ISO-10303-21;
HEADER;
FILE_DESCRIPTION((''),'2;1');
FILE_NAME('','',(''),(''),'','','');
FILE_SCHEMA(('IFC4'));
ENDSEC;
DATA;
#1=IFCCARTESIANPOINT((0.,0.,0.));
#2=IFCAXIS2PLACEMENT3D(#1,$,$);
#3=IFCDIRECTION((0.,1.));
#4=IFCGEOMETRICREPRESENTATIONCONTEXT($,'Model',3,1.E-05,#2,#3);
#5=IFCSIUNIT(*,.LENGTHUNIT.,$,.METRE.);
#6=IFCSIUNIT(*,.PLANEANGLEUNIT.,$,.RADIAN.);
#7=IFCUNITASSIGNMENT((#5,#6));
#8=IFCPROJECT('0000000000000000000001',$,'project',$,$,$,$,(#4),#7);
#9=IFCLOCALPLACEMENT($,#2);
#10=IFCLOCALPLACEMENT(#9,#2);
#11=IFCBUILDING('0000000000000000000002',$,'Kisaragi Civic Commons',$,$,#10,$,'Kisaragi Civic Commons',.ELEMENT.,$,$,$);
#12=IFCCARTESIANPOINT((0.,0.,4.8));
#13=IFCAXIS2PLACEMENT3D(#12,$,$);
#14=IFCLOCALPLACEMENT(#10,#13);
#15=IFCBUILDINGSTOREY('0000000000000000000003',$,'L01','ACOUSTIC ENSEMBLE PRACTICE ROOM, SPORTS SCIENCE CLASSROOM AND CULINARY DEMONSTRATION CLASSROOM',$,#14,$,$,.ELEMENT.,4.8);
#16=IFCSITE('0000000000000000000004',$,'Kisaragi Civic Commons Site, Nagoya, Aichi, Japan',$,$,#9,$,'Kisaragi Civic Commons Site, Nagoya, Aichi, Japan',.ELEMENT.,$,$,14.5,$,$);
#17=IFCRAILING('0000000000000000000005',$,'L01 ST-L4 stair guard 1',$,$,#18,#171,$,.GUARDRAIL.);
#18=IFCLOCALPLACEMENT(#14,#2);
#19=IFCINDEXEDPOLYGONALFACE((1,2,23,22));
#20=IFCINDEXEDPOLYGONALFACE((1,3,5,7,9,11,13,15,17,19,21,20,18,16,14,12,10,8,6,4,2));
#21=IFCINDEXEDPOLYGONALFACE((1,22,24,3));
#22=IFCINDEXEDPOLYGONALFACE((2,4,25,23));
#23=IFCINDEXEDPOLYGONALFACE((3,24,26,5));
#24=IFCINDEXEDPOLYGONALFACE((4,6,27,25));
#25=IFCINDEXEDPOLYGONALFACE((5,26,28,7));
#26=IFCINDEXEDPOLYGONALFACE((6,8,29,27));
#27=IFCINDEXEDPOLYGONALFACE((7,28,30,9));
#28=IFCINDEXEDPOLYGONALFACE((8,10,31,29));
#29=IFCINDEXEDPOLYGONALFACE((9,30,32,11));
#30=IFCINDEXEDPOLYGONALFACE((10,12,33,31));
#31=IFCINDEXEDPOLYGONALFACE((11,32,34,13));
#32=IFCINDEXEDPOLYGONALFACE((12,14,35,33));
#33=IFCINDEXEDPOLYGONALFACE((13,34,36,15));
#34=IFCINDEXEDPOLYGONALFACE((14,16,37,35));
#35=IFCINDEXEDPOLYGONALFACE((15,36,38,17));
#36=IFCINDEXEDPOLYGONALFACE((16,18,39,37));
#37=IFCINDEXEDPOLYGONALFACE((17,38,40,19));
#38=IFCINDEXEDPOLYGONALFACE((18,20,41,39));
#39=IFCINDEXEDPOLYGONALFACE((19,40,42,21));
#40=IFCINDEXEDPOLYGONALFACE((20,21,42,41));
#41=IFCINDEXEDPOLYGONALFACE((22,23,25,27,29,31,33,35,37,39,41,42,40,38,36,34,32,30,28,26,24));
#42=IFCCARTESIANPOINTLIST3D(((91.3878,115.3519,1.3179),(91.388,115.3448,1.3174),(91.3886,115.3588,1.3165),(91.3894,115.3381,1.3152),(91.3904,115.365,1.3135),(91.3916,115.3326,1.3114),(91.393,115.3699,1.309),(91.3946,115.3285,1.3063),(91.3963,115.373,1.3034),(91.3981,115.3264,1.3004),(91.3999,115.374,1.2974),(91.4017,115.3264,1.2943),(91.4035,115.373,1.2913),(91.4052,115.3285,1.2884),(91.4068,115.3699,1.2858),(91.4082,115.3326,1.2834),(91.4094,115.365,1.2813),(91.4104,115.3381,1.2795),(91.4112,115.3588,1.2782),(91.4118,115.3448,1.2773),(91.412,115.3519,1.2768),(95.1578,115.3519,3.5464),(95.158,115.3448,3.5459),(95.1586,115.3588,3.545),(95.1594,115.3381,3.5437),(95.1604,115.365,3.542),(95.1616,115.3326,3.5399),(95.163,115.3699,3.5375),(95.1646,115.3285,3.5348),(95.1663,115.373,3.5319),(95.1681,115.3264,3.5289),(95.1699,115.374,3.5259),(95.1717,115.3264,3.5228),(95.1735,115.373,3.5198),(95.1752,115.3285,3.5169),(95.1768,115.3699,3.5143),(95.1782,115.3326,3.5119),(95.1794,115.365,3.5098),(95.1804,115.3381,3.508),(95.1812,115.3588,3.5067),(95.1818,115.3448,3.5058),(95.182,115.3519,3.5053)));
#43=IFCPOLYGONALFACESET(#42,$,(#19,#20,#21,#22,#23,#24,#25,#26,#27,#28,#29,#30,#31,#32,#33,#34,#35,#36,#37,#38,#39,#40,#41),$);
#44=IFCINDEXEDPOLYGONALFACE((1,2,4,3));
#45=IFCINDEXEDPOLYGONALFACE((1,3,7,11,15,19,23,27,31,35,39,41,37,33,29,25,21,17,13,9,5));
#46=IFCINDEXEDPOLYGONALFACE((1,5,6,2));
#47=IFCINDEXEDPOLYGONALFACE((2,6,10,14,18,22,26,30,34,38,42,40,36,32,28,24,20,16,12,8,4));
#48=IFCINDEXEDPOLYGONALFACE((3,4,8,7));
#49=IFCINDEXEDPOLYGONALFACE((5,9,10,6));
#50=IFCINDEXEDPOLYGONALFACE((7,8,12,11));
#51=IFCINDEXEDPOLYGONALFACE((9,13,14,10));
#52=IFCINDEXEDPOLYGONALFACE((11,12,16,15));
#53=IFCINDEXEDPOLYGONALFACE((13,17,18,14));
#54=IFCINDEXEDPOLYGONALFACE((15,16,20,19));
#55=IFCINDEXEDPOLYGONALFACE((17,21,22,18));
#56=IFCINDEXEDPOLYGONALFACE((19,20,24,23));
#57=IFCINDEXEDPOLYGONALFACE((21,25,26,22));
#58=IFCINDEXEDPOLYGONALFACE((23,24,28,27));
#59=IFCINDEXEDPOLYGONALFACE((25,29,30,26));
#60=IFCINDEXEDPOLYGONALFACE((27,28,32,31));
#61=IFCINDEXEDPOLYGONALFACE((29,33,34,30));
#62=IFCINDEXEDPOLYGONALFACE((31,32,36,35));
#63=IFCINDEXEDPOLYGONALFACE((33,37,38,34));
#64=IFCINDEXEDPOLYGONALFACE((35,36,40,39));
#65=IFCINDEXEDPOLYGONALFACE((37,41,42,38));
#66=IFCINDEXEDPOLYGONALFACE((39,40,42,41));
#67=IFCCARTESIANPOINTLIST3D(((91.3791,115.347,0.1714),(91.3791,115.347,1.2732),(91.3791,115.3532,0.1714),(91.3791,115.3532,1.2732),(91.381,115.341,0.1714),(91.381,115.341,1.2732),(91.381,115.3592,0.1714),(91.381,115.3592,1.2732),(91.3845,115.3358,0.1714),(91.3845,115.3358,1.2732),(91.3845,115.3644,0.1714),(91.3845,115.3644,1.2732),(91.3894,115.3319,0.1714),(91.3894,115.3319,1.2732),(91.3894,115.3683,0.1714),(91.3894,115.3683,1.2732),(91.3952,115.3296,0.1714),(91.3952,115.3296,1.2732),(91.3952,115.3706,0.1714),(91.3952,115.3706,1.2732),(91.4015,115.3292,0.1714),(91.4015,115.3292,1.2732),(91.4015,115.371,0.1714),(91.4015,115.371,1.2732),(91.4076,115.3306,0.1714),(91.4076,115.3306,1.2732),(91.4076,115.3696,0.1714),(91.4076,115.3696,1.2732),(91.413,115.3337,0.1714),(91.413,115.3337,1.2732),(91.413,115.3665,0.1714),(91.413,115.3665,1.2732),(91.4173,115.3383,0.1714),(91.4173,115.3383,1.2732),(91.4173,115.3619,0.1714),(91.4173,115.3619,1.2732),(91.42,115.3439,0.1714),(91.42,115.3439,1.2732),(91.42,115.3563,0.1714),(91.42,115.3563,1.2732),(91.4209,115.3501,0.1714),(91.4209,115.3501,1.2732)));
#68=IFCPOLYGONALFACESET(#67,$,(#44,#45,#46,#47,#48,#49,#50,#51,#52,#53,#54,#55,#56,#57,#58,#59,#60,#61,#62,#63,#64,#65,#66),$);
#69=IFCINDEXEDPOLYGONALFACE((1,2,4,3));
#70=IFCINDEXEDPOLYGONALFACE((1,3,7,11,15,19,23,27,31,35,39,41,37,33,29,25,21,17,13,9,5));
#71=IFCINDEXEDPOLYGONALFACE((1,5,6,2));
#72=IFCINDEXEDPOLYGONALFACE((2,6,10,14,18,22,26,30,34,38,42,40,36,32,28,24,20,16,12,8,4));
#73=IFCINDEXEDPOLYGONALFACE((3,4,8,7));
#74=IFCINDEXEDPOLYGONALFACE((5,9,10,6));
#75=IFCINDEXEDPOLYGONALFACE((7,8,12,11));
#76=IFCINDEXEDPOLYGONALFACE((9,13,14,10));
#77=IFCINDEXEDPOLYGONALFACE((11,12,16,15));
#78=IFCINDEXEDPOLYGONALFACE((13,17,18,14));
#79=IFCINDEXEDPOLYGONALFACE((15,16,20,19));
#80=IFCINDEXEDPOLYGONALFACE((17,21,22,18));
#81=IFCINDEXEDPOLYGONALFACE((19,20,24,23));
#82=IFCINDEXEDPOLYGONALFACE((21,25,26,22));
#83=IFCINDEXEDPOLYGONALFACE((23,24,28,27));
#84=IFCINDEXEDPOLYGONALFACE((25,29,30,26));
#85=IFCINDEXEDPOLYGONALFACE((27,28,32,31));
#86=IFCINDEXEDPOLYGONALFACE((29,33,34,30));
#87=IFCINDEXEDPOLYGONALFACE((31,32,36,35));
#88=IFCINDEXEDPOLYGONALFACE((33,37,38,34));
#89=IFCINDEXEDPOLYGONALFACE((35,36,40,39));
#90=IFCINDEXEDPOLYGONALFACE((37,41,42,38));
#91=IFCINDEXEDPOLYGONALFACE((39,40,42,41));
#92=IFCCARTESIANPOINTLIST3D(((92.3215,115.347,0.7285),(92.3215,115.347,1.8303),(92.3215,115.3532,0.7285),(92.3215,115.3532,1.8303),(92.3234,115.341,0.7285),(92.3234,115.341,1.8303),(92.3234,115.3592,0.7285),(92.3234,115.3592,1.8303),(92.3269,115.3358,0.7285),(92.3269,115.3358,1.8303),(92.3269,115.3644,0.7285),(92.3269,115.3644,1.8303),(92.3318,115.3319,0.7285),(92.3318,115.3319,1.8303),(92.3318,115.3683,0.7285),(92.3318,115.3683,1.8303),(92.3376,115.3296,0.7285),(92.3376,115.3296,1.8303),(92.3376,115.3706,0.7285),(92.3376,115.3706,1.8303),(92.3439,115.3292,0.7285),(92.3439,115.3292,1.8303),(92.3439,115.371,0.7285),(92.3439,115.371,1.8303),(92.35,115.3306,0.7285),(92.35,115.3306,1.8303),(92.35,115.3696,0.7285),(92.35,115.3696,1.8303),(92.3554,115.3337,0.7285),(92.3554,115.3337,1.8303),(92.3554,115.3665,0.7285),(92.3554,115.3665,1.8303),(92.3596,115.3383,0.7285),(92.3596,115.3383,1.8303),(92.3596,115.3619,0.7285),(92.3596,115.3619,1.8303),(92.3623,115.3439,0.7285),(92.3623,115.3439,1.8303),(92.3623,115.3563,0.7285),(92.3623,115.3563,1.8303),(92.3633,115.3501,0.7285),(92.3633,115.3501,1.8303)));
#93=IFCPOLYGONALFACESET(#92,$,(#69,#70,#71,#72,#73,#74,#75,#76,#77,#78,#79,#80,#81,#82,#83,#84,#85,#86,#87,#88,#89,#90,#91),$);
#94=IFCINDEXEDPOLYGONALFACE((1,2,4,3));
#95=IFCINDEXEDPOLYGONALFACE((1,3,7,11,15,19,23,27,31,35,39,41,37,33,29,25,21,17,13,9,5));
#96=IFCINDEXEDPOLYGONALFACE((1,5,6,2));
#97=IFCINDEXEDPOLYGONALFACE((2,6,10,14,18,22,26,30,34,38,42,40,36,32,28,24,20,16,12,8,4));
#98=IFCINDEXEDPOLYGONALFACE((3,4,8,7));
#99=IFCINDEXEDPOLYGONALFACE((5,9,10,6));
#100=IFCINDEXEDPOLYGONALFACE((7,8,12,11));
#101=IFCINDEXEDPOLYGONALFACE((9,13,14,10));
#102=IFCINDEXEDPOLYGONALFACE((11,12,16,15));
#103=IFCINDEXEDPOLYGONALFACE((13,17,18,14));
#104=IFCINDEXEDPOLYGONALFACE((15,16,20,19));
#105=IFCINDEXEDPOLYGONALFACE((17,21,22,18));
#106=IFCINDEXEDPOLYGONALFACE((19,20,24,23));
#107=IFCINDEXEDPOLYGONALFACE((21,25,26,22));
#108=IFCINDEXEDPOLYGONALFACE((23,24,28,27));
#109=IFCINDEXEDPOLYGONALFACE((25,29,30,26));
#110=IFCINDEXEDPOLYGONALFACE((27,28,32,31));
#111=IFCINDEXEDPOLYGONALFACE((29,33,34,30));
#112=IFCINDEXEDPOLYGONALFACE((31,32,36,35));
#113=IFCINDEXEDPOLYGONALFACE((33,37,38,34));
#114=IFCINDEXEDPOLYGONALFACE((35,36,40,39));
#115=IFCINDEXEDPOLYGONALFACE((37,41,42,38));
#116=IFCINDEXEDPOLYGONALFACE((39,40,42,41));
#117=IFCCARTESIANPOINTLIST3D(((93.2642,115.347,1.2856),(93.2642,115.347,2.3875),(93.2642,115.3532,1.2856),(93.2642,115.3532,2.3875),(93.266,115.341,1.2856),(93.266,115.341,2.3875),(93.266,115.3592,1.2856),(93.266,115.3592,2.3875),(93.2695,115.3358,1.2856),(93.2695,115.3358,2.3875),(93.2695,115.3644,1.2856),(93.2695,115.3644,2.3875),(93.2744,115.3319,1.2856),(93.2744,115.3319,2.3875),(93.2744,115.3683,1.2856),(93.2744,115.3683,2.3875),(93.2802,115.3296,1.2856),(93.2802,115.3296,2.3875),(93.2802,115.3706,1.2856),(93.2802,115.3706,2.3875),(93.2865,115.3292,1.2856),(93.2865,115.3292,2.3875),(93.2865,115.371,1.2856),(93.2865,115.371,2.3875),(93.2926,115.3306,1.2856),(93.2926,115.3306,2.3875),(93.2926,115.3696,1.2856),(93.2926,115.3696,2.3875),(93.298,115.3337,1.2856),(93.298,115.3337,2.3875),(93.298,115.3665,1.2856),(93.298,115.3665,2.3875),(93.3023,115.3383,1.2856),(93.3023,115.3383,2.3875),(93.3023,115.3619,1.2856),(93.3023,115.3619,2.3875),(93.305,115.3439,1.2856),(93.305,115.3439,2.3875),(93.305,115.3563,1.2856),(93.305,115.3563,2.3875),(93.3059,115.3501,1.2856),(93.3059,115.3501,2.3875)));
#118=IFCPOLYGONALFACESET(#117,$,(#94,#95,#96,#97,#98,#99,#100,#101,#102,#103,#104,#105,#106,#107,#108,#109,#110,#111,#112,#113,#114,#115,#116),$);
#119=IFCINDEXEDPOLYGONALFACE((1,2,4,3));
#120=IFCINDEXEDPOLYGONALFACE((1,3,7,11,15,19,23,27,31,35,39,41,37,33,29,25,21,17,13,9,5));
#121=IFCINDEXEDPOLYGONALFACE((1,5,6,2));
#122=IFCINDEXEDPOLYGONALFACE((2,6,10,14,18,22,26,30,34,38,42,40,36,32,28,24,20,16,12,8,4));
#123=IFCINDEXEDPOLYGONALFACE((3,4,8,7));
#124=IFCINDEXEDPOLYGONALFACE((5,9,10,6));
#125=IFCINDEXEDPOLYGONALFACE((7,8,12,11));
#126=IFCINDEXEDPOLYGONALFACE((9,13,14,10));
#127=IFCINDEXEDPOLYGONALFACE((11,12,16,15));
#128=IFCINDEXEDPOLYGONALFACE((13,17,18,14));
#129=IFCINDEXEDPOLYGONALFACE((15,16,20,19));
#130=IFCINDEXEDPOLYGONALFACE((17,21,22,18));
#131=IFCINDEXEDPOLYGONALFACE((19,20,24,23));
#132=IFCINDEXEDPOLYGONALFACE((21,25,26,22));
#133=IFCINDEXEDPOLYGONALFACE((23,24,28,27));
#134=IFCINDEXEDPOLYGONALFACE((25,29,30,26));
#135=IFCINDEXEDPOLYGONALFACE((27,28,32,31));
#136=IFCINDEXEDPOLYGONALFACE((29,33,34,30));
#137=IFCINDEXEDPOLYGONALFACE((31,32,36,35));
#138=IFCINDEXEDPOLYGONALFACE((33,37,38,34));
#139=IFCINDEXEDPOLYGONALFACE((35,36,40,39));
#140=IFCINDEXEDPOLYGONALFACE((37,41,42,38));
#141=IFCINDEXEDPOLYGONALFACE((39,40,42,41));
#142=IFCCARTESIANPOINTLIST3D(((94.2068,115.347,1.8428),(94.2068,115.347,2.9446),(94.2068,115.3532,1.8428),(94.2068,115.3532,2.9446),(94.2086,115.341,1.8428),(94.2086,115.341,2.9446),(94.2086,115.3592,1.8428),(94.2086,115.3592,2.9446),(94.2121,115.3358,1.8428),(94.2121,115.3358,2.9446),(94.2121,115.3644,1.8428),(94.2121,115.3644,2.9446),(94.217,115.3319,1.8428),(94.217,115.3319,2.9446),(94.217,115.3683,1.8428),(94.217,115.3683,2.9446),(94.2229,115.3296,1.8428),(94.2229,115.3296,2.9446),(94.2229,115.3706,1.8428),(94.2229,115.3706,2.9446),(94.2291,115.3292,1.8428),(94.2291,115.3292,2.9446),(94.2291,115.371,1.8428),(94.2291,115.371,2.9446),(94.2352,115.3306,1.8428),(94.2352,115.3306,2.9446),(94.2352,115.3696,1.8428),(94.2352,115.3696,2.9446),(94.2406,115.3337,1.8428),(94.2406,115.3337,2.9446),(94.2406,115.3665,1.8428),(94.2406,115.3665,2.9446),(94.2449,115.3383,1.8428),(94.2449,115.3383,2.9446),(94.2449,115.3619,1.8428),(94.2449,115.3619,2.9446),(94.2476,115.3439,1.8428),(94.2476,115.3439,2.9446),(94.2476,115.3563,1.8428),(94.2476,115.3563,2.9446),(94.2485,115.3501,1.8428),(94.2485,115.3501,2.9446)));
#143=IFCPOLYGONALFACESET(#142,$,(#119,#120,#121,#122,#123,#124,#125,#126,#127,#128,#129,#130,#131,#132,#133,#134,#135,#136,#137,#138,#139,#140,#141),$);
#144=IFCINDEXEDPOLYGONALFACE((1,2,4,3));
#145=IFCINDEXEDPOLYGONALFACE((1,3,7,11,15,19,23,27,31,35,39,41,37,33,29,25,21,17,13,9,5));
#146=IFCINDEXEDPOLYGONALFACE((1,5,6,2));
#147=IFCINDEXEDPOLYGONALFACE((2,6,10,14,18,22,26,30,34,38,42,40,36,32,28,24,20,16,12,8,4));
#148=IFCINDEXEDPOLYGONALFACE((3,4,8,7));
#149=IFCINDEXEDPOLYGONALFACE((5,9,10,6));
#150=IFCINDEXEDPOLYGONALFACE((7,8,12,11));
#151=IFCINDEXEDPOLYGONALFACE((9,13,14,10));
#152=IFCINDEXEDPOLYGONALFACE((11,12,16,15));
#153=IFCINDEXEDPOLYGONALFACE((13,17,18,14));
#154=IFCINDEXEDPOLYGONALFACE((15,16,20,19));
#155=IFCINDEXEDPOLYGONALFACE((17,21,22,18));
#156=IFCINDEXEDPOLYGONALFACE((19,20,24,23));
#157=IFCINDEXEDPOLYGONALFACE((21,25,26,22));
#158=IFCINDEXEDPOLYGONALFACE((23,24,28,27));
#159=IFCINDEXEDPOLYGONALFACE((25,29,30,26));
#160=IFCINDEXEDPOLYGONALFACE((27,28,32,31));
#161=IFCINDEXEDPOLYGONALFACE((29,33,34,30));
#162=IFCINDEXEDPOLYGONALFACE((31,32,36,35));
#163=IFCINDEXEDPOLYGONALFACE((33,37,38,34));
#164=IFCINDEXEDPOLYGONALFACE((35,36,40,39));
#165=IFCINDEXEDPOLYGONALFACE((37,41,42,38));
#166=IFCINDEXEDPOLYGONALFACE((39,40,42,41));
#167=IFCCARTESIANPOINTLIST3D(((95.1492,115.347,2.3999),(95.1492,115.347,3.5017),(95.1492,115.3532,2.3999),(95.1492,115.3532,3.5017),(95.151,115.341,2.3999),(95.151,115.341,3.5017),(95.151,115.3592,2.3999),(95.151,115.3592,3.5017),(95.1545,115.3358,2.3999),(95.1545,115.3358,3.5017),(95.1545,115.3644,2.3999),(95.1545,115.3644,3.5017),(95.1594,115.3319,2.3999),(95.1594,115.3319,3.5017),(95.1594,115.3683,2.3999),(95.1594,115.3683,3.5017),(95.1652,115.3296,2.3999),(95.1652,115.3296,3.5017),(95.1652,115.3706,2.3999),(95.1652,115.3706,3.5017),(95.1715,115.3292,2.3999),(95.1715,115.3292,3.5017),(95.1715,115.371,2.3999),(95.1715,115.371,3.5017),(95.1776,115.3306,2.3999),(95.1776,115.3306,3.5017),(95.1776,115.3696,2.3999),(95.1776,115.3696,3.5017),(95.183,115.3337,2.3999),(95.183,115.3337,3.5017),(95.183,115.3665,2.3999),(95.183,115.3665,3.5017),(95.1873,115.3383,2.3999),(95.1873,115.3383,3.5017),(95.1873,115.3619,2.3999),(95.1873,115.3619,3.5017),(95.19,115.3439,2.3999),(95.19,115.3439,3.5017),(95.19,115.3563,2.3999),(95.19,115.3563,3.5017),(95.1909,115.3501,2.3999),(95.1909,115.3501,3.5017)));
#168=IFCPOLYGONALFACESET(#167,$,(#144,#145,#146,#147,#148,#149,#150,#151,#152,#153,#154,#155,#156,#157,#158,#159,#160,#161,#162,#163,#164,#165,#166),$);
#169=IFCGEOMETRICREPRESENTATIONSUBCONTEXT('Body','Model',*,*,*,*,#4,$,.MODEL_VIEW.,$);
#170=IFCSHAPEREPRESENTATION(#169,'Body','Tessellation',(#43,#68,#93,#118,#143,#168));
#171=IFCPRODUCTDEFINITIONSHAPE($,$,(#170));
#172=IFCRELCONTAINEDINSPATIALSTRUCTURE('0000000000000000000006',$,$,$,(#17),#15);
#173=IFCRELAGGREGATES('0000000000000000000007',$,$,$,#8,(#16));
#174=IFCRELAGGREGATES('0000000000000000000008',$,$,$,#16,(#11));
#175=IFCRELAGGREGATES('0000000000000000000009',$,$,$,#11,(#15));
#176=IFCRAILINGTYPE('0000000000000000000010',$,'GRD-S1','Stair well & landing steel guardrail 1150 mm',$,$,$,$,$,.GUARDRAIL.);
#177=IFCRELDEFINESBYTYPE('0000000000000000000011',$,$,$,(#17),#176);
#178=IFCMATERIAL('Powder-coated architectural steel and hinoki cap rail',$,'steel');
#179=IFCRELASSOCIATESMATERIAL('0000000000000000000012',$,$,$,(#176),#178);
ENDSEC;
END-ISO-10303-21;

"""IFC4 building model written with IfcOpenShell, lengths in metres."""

from ifc_helpers import new_model, si_unit, direction, frame, origin, origin_2d, place, context, subcontext, project, spatial, circle, extrude, material, type_object, element, save


model = new_model("IFC4")

# Units and contexts
model_context = context("Model", 3, precision=1e-05, world=origin(), true_north=direction((0.0, 1.0)))
body_context = subcontext(model_context, "Body", "Model", "MODEL_VIEW")
ifc_project = project(units=[si_unit("LENGTHUNIT", "METRE"), si_unit("PLANEANGLEUNIT", "RADIAN")], contexts=[model_context])

# Site, building, storey
site_placement = place(None, origin())
site = spatial("IfcSite", under=ifc_project, at=site_placement, Name="Kisaragi Civic Commons Site, Nagoya, Aichi, Japan", LongName="Kisaragi Civic Commons Site, Nagoya, Aichi, Japan", CompositionType="ELEMENT", RefElevation=14.5)
building_placement = place(site_placement, origin())
building = spatial("IfcBuilding", under=site, at=building_placement, Name="Kisaragi Civic Commons", LongName="Kisaragi Civic Commons", CompositionType="ELEMENT")
storey_placement = place(building_placement, frame((0.0, 0.0, 4.8)))
storey = spatial("IfcBuildingStorey", under=building, at=storey_placement, Name="L01", Description="ACOUSTIC ENSEMBLE PRACTICE ROOM, SPORTS SCIENCE CLASSROOM AND CULINARY DEMONSTRATION CLASSROOM", CompositionType="ELEMENT", Elevation=4.8)

# Railing
ifc_material_1 = material(Name="Powder-coated architectural steel and hinoki cap rail", Category="steel")
railing_type_1 = type_object("IfcRailingType", Name="GRD-S1", Description="Stair well & landing steel guardrail 1150 mm", PredefinedType="GUARDRAIL", material=ifc_material_1)
railing_1_placement = place(storey_placement, frame((91.3999, 115.3501, 0.1714)))
element("IfcRailing", 1, at=railing_1_placement, inside=storey, type_object=railing_type_1, Name="L01 ST-L4 stair guard 1", PredefinedType="GUARDRAIL", context=body_context, shape_type="SweptSolid", body=[
    extrude(circle(Radius=0.0239, at=origin_2d()), frame((0.0, 0.0, 1.126), z_axis=(0.860849, 0.0, 0.508861), x_axis=(0.0, 1.0, 0.0)), (0.0, 0.0, 1.0), 4.3794),
    extrude(circle(Radius=0.021, at=origin_2d()), origin(), (0.0, 0.0, 1.0), 1.1018),
    extrude(circle(Radius=0.021, at=origin_2d()), frame((0.9424, 0.0, 0.5571)), (0.0, 0.0, 1.0), 1.1018),
    extrude(circle(Radius=0.021, at=origin_2d()), frame((1.885, 0.0, 1.1143)), (0.0, 0.0, 1.0), 1.1018),
    extrude(circle(Radius=0.021, at=origin_2d()), frame((2.8276, 0.0, 1.6714)), (0.0, 0.0, 1.0), 1.1018),
    extrude(circle(Radius=0.021, at=origin_2d()), frame((3.77, 0.0, 2.2285)), (0.0, 0.0, 1.0), 1.1018),
])

save(model, "model.ifc")
